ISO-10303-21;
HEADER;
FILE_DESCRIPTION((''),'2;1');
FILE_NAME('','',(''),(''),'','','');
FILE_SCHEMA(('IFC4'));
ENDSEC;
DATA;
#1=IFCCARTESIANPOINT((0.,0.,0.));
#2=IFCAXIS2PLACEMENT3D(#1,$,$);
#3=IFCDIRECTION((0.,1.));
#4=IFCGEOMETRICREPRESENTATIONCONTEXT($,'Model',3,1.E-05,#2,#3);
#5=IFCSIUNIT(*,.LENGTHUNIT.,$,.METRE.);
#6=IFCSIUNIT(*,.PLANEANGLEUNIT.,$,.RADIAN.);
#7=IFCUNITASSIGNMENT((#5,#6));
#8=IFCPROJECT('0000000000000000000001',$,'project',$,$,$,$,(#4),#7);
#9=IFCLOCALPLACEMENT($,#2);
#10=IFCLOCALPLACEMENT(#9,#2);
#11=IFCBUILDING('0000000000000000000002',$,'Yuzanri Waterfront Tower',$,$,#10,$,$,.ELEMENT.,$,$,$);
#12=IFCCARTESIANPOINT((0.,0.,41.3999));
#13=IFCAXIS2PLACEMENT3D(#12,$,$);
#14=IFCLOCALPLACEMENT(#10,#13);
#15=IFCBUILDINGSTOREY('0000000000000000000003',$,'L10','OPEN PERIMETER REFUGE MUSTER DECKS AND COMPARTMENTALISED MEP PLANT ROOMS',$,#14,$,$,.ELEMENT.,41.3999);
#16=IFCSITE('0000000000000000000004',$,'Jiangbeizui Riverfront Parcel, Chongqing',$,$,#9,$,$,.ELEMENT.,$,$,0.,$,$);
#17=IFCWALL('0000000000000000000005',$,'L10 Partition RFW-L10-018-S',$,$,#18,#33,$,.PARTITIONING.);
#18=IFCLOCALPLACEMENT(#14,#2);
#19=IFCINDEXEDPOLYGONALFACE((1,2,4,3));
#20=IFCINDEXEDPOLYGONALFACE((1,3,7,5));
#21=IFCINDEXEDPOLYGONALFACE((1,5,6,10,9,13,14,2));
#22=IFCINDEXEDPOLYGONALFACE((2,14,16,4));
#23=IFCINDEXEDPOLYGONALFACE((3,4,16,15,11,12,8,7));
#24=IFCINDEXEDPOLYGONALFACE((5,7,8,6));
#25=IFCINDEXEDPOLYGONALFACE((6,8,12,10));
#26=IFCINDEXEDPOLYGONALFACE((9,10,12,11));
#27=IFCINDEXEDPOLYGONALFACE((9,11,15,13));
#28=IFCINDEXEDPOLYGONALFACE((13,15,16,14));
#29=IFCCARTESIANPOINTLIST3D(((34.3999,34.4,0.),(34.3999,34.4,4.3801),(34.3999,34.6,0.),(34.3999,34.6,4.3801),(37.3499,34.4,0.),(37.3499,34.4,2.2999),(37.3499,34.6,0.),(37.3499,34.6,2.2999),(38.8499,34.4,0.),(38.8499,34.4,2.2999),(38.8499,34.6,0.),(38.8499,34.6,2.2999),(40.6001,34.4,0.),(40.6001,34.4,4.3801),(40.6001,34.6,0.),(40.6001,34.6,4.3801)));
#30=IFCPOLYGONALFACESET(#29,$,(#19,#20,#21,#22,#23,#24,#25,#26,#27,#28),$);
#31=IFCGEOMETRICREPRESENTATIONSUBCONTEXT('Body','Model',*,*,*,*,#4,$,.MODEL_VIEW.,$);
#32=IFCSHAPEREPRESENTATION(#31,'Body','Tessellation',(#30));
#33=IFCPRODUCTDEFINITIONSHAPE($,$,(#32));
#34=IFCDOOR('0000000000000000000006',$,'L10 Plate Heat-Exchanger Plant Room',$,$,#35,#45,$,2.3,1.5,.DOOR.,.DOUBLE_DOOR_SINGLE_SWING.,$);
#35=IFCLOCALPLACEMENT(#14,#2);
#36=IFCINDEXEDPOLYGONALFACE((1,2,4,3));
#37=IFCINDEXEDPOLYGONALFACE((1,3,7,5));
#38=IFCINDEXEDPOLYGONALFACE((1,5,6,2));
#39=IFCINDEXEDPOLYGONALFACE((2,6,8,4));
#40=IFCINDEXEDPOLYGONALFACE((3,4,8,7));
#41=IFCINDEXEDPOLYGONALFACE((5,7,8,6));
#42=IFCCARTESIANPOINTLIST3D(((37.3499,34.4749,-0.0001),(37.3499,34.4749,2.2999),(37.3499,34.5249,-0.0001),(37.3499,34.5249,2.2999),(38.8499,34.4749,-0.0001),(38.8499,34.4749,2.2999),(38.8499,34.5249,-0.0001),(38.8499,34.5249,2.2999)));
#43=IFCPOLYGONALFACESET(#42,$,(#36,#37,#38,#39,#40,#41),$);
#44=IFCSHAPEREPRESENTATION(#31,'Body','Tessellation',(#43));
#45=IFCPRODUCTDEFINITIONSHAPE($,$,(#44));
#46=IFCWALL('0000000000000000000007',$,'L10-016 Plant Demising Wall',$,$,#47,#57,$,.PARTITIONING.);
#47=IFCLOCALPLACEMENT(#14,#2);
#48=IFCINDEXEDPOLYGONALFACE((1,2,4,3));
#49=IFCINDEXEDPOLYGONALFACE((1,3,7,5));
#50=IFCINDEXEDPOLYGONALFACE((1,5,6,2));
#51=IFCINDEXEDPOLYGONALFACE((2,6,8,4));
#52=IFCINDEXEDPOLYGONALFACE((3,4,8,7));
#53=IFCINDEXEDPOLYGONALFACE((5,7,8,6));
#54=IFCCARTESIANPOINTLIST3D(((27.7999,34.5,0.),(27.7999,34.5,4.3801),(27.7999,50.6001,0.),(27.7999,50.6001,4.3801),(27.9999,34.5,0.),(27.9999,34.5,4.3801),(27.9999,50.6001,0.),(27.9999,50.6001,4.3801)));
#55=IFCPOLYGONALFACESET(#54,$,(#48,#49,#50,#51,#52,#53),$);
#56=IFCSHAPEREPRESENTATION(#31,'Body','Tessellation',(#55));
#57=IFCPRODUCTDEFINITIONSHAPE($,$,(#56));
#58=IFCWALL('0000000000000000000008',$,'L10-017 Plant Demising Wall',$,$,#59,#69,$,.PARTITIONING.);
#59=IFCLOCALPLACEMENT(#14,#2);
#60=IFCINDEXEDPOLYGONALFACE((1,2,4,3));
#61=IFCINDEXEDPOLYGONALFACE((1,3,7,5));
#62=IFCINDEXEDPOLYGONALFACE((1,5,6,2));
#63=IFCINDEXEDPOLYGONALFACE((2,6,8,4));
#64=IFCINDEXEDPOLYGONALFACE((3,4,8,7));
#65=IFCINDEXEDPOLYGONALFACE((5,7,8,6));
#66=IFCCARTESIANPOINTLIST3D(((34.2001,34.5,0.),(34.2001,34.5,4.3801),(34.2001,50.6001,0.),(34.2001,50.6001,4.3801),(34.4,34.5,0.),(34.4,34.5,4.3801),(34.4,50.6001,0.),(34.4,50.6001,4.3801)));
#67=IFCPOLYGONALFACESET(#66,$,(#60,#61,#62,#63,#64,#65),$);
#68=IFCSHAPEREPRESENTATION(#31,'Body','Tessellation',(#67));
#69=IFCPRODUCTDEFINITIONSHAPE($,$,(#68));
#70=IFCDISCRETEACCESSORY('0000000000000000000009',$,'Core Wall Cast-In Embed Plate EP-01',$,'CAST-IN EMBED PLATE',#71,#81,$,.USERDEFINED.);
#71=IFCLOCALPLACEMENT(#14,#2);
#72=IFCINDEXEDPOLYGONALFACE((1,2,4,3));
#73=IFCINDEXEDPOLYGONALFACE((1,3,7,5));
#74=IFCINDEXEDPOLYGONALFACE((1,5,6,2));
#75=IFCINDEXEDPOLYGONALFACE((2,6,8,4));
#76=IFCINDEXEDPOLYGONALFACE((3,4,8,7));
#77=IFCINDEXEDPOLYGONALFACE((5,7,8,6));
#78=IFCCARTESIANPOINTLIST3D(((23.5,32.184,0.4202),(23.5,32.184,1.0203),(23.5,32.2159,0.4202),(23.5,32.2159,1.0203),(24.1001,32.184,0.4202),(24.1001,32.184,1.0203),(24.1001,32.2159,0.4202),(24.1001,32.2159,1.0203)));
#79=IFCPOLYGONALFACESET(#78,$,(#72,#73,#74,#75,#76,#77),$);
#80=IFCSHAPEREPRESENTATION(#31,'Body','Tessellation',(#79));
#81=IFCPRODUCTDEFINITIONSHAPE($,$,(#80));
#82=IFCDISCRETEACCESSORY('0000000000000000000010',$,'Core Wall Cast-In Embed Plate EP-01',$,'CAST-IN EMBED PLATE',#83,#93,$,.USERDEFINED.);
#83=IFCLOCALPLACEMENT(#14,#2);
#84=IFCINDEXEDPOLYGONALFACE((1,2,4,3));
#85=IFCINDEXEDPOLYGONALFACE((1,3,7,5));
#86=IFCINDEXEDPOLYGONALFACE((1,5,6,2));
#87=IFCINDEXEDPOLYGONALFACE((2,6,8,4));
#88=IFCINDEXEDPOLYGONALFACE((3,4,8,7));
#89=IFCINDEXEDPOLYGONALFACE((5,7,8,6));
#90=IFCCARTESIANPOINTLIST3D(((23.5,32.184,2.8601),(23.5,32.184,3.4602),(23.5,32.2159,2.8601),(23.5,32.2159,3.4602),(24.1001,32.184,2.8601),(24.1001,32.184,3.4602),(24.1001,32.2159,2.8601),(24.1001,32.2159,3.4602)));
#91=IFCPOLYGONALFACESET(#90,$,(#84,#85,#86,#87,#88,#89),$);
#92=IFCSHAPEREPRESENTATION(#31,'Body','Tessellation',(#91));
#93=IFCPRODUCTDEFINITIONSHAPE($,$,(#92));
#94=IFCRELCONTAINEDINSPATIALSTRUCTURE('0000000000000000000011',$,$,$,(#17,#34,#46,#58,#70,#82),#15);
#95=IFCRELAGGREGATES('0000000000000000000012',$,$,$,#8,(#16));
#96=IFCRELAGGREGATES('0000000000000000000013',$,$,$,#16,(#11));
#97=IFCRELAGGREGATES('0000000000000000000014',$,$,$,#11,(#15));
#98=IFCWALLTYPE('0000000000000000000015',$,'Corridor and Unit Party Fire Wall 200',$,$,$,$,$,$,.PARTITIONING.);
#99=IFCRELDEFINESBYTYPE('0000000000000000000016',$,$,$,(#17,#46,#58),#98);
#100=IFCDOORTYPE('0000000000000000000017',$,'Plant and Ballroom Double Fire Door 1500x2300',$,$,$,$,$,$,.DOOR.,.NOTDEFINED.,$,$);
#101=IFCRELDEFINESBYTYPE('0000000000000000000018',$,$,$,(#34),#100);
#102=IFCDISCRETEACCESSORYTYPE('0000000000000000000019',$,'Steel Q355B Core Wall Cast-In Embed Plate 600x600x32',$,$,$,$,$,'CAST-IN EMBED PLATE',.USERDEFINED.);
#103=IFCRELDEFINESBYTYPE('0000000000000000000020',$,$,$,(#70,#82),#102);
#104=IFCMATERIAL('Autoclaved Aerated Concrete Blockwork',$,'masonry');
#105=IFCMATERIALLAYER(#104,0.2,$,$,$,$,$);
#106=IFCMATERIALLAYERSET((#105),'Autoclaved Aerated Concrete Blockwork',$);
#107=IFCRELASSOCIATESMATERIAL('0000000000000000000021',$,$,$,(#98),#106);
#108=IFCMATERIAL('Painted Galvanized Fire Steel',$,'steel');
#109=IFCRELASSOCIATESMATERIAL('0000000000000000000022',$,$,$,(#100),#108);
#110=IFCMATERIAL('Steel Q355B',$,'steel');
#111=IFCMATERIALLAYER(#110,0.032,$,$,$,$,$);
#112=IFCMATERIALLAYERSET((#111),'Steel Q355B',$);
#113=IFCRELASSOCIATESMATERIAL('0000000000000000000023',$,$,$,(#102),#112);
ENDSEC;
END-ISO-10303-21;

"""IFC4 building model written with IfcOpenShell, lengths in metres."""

from ifc_helpers import new_model, si_unit, direction, frame, frame_2d, origin, origin_2d, place, context, subcontext, project, spatial, rectangle, extrude, source, transform, mapped, material, layer, layer_set, type_object, element, fill, save


model = new_model("IFC4")

# Units and contexts
model_context = context("Model", 3, precision=1e-05, world=origin(), true_north=direction((0.0, 1.0)))
body_context = subcontext(model_context, "Body", "Model", "MODEL_VIEW")
ifc_project = project(units=[si_unit("LENGTHUNIT", "METRE"), si_unit("PLANEANGLEUNIT", "RADIAN")], contexts=[model_context])

# Site, building, storey
site_placement = place(None, origin())
site = spatial("IfcSite", under=ifc_project, at=site_placement, Name="Jiangbeizui Riverfront Parcel, Chongqing", CompositionType="ELEMENT", RefElevation=0.0)
building_placement = place(site_placement, origin())
building = spatial("IfcBuilding", under=site, at=building_placement, Name="Yuzanri Waterfront Tower", CompositionType="ELEMENT")
storey_placement = place(building_placement, frame((0.0, 0.0, 41.3999)))
storey = spatial("IfcBuildingStorey", under=building, at=storey_placement, Name="L10", Description="OPEN PERIMETER REFUGE MUSTER DECKS AND COMPARTMENTALISED MEP PLANT ROOMS", CompositionType="ELEMENT", Elevation=41.3999)

# Wall, opening, door
ifc_material_1 = material(Name="Autoclaved Aerated Concrete Blockwork", Category="masonry")
ifc_layer_1 = layer(ifc_material_1, 0.2)
ifc_layer_set_1 = layer_set([ifc_layer_1], Name="Autoclaved Aerated Concrete Blockwork")
wall_type = type_object("IfcWallType", Name="Corridor and Unit Party Fire Wall 200", PredefinedType="PARTITIONING", material=ifc_layer_set_1)
ifc_material_2 = material(Name="Painted Galvanized Fire Steel", Category="steel")
door_type = type_object("IfcDoorType", Name="Plant and Ballroom Double Fire Door 1500x2300", OperationType="NOTDEFINED", PredefinedType="DOOR", material=ifc_material_2)
shared_shape_1 = source(origin(), body_context, "Body", "SweptSolid", [
    extrude(rectangle(XDim=1.5, YDim=2.3, at=frame_2d((0.75, 1.1499))), frame((0.0, 0.0249, 0.0), z_axis=(0.0, -1.0, 0.0), x_axis=(1.0, 0.0, 0.0)), (0.0, 0.0, 1.0), 0.05),
])
wall_1_placement = place(storey_placement, frame((34.3999, 34.5, 0.0), z_axis=(0.0, 0.0, 1.0), x_axis=(1.0, 0.0, 0.0)))
wall_1 = element("IfcWall", 1, at=wall_1_placement, inside=storey, type_object=wall_type, Name="L10 Partition RFW-L10-018-S", PredefinedType="PARTITIONING", context=body_context, shape_type="SweptSolid", body=[
    extrude(rectangle(XDim=6.2002, YDim=0.2, at=frame_2d((3.1001, 0.0))), origin(), (0.0, 0.0, 1.0), 4.3801),
])
opening_1_placement = place(wall_1_placement, frame((2.95, 0.0, 0.0)))
opening_1 = element("IfcOpeningElement", 2, at=opening_1_placement, cuts=wall_1, PredefinedType="OPENING", context=body_context, shape_type="SweptSolid", body=[
    extrude(rectangle(XDim=1.5, YDim=2.3, at=frame_2d((0.75, 1.1499))), frame((0.0, 0.1147, 0.0), z_axis=(0.0, -1.0, 0.0), x_axis=(1.0, 0.0, 0.0)), (0.0, 0.0, 1.0), 0.2297),
])
door_1_placement = place(opening_1_placement, origin())
door_1 = element("IfcDoor", 3, at=door_1_placement, inside=storey, type_object=door_type, Name="L10 Plate Heat-Exchanger Plant Room", OperationType="DOUBLE_DOOR_SINGLE_SWING", OverallHeight=2.3, OverallWidth=1.5, PredefinedType="DOOR", context=body_context, shape_type="MappedRepresentation", body=[
    mapped(shared_shape_1, transform((0.0, 0.0, 0.0), scale=1.0)),
])
fill(opening_1, door_1)

# Walls
shared_shape_2 = source(origin(), body_context, "Body", "SweptSolid", [
    extrude(rectangle(XDim=16.1001, YDim=0.2, at=frame_2d((8.05, 0.0))), origin(), (0.0, 0.0, 1.0), 4.3801),
])
for number, where, z_axis, x_axis, name in (
    (4, (27.8999, 34.5, 0.0), (0.0, 0.0, 1.0), (0.0, 1.0, 0.0), "L10-016 Plant Demising Wall"),
    (5, (34.3, 34.5, 0.0), (0.0, 0.0, 1.0), (0.0, 1.0, 0.0), "L10-017 Plant Demising Wall"),
):
    element("IfcWall", number, at=place(storey_placement, frame(where, z_axis=z_axis, x_axis=x_axis)), inside=storey, type_object=wall_type, Name=name, PredefinedType="PARTITIONING", context=body_context, shape_type="MappedRepresentation", body=[
        mapped(shared_shape_2, transform((0.0, 0.0, 0.0), scale=1.0)),
    ])

# Discrete accessories
ifc_material_3 = material(Name="Steel Q355B", Category="steel")
ifc_layer_2 = layer(ifc_material_3, 0.032)
ifc_layer_set_2 = layer_set([ifc_layer_2], Name="Steel Q355B")
discrete_accessory_type = type_object("IfcDiscreteAccessoryType", Name="Steel Q355B Core Wall Cast-In Embed Plate 600x600x32", ElementType="CAST-IN EMBED PLATE", PredefinedType="USERDEFINED", material=ifc_layer_set_2)
shared_shape_3 = source(origin(), body_context, "Body", "SweptSolid", [
    extrude(rectangle(XDim=0.6001, YDim=0.032, at=origin_2d()), origin(), (0.0, 0.0, 1.0), 0.6001),
])
for number, where, z_axis, x_axis, name in (
    (6, (23.8, 32.2, 0.4202), (0.0, 0.0, 1.0), (1.0, 0.0, 0.0), "Core Wall Cast-In Embed Plate EP-01"),
    (7, (23.8, 32.2, 2.8601), (0.0, 0.0, 1.0), (1.0, 0.0, 0.0), "Core Wall Cast-In Embed Plate EP-01"),
):
    element("IfcDiscreteAccessory", number, at=place(storey_placement, frame(where, z_axis=z_axis, x_axis=x_axis)), inside=storey, type_object=discrete_accessory_type, Name=name, ObjectType="CAST-IN EMBED PLATE", PredefinedType="USERDEFINED", context=body_context, shape_type="MappedRepresentation", body=[
        mapped(shared_shape_3, transform((0.0, 0.0, 0.0), scale=1.0)),
    ])

save(model, "model.ifc")
